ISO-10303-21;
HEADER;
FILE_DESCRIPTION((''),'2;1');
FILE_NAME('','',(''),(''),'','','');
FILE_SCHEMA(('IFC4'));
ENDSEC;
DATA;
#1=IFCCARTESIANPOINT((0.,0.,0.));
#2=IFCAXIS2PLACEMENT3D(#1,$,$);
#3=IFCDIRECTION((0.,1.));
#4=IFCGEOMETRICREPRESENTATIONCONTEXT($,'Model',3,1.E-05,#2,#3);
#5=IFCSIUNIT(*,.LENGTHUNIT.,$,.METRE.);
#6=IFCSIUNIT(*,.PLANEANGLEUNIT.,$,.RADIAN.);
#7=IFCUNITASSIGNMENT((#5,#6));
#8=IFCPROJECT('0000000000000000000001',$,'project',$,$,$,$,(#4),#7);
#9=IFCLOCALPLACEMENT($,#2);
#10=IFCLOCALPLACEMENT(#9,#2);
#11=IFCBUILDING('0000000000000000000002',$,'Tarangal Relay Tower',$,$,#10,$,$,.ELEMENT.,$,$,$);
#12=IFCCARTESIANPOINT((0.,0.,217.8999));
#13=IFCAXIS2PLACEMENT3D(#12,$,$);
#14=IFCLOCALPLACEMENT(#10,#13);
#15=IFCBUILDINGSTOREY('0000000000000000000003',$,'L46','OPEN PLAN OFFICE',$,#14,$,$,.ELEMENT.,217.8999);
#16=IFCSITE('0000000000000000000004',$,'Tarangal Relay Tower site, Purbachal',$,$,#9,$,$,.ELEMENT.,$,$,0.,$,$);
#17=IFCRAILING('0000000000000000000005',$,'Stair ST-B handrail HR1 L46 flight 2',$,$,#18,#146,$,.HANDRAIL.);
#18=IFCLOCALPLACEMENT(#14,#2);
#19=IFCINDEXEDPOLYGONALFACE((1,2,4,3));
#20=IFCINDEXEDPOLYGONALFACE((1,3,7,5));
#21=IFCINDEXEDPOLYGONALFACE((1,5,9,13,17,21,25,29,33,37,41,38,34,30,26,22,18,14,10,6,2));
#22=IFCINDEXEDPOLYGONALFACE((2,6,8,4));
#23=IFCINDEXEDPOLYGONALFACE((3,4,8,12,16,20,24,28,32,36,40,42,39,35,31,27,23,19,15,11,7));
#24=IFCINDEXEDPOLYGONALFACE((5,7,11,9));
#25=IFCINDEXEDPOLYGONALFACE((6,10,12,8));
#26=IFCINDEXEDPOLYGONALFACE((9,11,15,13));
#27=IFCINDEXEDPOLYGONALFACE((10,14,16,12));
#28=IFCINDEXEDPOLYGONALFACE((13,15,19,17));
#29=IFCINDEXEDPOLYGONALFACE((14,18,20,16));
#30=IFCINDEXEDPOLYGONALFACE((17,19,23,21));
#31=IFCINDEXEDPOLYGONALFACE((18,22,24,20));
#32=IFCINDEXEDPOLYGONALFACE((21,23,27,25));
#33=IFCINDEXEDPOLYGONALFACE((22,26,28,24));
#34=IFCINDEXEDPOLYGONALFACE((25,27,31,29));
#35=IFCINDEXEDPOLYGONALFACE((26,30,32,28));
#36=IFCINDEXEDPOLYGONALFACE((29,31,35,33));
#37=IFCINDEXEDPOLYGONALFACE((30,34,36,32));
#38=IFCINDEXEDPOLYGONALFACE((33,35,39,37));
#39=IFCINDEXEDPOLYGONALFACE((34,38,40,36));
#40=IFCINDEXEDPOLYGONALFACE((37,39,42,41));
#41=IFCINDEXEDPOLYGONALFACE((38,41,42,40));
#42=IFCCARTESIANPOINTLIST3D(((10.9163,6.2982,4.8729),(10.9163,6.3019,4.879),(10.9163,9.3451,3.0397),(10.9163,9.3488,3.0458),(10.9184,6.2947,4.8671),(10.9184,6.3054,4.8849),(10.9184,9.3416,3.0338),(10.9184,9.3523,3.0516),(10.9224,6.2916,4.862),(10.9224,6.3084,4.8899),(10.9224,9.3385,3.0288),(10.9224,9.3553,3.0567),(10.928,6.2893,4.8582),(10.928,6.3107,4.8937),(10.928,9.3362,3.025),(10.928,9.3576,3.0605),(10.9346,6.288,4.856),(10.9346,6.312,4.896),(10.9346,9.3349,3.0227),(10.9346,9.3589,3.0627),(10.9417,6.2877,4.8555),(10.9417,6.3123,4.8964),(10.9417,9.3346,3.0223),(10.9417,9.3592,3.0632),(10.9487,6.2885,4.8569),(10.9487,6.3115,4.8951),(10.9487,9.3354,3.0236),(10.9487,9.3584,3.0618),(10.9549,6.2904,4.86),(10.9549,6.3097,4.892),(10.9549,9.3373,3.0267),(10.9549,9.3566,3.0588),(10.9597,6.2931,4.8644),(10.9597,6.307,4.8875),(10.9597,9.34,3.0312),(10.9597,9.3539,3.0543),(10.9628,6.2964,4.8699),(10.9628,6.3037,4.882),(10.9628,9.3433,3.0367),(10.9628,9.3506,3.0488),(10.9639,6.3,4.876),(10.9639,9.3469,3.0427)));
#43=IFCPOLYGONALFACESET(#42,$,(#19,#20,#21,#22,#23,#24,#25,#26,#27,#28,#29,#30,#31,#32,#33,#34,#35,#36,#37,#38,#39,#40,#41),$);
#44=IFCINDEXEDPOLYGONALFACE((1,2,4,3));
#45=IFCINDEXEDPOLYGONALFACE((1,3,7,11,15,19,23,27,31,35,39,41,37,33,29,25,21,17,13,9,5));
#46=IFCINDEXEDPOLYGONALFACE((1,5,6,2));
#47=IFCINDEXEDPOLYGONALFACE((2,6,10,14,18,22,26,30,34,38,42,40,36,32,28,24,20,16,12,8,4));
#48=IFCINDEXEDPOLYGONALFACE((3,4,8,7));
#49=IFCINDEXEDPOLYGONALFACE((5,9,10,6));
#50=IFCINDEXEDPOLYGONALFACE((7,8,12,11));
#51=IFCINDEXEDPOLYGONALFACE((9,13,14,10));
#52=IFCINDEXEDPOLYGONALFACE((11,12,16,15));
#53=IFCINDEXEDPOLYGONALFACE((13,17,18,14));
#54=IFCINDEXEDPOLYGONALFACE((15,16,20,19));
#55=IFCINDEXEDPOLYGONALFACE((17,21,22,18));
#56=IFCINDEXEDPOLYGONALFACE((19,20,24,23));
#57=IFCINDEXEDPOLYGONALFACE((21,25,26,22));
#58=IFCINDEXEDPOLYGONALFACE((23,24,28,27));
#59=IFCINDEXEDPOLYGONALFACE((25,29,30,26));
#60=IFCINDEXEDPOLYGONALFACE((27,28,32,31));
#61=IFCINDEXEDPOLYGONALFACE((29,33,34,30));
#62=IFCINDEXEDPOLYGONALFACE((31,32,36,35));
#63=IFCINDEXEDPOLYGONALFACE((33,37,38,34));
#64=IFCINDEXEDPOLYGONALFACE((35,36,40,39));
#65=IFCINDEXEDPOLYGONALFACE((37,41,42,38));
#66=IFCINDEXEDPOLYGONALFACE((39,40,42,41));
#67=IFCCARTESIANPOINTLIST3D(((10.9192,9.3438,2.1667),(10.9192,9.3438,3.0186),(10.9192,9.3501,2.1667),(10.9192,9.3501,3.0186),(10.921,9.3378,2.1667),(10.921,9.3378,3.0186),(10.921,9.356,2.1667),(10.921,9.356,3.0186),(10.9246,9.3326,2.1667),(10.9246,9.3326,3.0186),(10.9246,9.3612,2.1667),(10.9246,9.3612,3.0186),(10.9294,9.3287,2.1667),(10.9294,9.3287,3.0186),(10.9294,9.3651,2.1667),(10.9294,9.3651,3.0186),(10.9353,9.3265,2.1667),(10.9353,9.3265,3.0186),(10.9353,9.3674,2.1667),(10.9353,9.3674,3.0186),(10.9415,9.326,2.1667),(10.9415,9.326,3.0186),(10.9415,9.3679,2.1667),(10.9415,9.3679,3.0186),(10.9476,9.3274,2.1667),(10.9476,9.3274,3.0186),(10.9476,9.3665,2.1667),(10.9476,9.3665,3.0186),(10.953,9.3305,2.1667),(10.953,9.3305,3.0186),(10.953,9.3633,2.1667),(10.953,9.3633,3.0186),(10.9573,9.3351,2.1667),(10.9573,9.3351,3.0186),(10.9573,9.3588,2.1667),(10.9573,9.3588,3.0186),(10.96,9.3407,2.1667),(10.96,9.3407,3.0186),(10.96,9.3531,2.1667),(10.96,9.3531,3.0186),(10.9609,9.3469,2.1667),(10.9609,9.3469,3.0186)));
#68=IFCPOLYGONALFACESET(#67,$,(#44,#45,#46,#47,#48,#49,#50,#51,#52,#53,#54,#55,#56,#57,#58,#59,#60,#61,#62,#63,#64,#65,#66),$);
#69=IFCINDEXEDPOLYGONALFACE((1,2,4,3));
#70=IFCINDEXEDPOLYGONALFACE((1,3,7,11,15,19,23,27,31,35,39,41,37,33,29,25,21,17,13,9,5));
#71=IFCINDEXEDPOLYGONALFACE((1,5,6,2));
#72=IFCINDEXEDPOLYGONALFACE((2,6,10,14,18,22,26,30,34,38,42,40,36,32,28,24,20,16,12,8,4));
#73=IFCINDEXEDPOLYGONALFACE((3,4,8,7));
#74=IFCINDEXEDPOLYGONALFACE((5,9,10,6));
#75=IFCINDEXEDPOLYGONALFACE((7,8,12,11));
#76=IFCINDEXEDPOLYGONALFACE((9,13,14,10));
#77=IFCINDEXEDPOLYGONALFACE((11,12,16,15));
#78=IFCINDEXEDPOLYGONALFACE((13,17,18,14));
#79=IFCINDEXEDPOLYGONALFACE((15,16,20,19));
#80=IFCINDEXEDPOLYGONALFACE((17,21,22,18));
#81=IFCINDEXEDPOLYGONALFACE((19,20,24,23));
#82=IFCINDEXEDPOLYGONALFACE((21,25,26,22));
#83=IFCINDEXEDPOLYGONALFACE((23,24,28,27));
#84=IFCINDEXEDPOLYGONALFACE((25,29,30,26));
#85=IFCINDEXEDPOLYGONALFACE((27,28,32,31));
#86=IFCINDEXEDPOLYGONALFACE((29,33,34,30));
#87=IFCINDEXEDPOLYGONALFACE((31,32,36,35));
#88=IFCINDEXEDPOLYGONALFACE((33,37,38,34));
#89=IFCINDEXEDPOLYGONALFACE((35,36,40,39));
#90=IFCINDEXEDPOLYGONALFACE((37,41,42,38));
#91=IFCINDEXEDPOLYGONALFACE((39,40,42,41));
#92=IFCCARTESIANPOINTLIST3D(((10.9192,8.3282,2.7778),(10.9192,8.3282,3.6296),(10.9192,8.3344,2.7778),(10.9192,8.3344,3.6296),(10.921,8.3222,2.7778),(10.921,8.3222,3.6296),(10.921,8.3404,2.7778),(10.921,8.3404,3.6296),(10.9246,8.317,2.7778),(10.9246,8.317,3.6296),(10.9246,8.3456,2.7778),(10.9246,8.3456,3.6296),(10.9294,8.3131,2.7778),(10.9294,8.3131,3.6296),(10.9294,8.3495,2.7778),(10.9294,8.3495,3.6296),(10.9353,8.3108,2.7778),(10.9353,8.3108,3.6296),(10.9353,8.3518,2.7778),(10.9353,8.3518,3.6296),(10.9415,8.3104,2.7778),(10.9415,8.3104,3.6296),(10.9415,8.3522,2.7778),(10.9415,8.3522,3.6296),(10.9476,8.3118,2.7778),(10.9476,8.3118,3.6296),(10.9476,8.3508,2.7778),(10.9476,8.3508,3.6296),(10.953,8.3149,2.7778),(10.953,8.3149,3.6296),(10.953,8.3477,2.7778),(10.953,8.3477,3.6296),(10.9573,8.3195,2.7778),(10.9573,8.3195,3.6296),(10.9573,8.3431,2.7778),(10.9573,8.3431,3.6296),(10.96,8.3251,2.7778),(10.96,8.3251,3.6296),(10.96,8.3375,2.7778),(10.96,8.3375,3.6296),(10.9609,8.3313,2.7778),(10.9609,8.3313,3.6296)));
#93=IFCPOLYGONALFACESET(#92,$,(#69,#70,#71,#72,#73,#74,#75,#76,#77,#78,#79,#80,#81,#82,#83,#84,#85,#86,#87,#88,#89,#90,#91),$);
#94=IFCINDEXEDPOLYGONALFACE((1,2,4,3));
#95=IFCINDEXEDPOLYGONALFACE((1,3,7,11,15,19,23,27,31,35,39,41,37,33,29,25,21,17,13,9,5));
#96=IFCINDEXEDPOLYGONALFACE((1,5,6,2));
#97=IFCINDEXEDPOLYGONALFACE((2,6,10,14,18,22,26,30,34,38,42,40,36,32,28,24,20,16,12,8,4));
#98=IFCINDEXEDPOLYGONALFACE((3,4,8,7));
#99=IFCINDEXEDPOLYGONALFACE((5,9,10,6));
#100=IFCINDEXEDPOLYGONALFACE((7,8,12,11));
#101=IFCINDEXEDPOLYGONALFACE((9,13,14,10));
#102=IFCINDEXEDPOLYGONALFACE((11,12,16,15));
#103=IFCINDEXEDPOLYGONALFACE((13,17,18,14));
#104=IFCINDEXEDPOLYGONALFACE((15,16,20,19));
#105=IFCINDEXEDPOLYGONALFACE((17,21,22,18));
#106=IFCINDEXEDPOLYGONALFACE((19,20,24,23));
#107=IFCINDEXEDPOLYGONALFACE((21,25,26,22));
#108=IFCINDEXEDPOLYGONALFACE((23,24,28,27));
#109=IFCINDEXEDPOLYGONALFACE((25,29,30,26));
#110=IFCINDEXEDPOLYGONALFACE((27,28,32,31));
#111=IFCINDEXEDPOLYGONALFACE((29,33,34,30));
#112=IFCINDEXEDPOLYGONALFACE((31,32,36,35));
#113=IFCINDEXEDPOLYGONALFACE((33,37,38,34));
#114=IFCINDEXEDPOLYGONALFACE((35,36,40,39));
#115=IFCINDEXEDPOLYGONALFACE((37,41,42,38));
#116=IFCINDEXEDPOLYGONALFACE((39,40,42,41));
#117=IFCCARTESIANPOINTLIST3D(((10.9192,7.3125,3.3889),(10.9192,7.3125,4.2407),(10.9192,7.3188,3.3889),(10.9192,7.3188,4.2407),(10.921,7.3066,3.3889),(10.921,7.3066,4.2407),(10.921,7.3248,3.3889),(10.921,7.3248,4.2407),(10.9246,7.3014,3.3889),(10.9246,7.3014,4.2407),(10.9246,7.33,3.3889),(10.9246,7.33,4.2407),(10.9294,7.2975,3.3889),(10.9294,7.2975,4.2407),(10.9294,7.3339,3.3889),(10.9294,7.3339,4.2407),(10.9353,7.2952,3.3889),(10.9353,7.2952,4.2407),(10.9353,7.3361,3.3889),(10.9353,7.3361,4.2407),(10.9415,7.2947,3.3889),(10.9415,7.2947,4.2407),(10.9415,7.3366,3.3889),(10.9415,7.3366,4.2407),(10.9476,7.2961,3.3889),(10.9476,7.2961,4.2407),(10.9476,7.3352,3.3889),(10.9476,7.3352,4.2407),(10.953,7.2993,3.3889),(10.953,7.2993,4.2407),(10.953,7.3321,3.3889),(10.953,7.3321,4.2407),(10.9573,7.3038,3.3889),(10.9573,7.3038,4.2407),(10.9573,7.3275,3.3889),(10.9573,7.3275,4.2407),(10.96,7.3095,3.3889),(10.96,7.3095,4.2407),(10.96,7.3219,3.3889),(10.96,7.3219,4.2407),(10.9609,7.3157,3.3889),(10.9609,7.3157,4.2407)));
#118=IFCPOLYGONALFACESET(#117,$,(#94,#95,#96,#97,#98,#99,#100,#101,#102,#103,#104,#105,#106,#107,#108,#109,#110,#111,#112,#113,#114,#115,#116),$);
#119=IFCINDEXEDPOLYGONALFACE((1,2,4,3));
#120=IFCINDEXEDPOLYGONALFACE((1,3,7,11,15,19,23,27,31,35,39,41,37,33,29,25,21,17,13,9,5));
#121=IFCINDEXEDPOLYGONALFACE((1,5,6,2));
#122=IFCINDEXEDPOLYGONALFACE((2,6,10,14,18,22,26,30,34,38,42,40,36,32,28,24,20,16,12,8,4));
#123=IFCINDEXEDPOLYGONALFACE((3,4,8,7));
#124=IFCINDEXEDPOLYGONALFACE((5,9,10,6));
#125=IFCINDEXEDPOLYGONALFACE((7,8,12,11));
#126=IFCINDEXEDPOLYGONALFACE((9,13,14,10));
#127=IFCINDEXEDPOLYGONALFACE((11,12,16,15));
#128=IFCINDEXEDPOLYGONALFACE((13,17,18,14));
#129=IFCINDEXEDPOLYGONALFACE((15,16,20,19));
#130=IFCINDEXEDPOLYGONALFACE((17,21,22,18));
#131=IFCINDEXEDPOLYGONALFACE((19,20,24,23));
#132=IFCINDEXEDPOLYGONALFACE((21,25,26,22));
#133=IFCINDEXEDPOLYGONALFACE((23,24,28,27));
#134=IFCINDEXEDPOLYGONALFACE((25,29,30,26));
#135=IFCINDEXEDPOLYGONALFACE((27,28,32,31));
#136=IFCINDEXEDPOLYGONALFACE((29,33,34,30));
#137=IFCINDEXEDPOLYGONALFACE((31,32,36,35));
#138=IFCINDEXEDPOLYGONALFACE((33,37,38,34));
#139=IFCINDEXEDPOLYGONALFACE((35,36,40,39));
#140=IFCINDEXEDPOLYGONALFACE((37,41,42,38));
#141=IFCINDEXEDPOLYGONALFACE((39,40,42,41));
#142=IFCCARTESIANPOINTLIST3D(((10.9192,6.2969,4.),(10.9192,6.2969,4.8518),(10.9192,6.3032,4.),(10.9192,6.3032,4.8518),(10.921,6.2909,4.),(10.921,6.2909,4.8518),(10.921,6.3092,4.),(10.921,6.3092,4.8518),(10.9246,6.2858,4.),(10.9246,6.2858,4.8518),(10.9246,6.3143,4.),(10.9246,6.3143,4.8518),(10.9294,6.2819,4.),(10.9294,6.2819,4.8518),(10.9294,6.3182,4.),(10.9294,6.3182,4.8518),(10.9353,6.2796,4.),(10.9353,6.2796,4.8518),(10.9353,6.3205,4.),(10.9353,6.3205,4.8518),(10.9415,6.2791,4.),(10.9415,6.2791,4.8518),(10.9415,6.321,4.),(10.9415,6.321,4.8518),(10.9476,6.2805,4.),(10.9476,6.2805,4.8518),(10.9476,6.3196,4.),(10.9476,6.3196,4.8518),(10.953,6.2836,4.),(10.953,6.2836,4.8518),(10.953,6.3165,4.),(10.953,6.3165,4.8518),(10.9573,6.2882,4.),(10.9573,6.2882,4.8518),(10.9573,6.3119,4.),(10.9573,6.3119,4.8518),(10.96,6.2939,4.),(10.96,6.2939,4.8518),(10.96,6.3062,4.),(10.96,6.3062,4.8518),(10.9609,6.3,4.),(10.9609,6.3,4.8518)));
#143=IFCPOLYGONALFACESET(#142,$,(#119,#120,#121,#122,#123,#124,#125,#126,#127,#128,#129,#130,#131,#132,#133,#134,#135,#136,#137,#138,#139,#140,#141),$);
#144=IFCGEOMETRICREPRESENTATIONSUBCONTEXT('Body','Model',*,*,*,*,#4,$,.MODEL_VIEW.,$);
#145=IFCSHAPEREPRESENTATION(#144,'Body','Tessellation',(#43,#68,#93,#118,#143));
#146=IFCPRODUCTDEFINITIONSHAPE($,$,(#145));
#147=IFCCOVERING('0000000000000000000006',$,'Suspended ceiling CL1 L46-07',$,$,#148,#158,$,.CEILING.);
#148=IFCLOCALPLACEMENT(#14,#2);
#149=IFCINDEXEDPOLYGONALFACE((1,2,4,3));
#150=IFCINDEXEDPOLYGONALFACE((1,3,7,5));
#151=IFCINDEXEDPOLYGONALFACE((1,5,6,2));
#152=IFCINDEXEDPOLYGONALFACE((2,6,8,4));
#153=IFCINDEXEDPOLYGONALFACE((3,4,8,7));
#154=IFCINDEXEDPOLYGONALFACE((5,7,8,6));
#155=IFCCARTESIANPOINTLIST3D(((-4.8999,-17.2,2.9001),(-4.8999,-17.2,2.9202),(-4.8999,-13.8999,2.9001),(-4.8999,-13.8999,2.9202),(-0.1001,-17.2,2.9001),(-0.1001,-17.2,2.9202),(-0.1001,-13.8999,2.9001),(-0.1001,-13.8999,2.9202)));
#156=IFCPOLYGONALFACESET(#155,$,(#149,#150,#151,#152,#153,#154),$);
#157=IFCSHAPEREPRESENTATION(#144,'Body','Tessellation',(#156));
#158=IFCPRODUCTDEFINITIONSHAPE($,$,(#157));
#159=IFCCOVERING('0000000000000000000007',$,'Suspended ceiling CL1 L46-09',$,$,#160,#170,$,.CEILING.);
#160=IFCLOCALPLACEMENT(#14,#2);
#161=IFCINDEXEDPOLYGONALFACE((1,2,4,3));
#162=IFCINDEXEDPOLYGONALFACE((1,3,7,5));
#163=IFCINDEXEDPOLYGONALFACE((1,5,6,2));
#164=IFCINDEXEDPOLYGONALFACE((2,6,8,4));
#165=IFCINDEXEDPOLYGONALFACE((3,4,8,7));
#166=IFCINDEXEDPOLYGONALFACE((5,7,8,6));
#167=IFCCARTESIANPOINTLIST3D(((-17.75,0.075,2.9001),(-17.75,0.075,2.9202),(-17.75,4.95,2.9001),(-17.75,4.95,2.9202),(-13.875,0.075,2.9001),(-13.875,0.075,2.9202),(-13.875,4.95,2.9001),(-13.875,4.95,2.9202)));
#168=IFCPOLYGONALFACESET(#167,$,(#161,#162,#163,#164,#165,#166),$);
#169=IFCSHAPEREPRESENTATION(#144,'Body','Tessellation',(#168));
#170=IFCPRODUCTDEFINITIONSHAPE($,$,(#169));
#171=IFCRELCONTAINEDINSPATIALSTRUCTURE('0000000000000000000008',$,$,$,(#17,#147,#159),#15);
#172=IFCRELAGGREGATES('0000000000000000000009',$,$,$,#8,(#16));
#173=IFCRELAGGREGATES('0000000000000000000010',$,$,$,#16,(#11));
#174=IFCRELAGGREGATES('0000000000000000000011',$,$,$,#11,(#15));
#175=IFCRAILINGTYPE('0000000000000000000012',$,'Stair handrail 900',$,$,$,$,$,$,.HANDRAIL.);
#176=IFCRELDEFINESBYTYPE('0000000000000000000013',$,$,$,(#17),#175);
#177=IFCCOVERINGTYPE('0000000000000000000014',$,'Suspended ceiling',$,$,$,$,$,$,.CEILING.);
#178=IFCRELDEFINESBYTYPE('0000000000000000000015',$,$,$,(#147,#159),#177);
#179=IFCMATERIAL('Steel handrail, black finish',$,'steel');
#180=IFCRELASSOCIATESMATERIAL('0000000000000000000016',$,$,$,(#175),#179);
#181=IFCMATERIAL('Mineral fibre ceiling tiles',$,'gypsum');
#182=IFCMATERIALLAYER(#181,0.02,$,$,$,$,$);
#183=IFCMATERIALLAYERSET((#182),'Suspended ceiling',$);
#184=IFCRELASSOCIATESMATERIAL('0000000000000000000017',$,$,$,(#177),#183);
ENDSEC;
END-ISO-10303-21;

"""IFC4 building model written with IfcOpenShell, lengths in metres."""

from ifc_helpers import new_model, si_unit, direction, frame, origin, origin_2d, place, context, subcontext, project, spatial, polyline, circle, outline, extrude, material, layer, layer_set, type_object, element, save


model = new_model("IFC4")

# Units and contexts
model_context = context("Model", 3, precision=1e-05, world=origin(), true_north=direction((0.0, 1.0)))
body_context = subcontext(model_context, "Body", "Model", "MODEL_VIEW")
ifc_project = project(units=[si_unit("LENGTHUNIT", "METRE"), si_unit("PLANEANGLEUNIT", "RADIAN")], contexts=[model_context])

# Site, building, storey
site_placement = place(None, origin())
site = spatial("IfcSite", under=ifc_project, at=site_placement, Name="Tarangal Relay Tower site, Purbachal", CompositionType="ELEMENT", RefElevation=0.0)
building_placement = place(site_placement, origin())
building = spatial("IfcBuilding", under=site, at=building_placement, Name="Tarangal Relay Tower", CompositionType="ELEMENT")
storey_placement = place(building_placement, frame((0.0, 0.0, 217.8999)))
storey = spatial("IfcBuildingStorey", under=building, at=storey_placement, Name="L46", Description="OPEN PLAN OFFICE", CompositionType="ELEMENT", Elevation=217.8999)

# Railing
ifc_material_1 = material(Name="Steel handrail, black finish", Category="steel")
railing_type_1 = type_object("IfcRailingType", Name="Stair handrail 900", PredefinedType="HANDRAIL", material=ifc_material_1)
railing_1_placement = place(storey_placement, frame((10.9399, 9.3469, 2.1667)))
element("IfcRailing", 1, at=railing_1_placement, inside=storey, type_object=railing_type_1, Name="Stair ST-B handrail HR1 L46 flight 2", PredefinedType="HANDRAIL", context=body_context, shape_type="SweptSolid", body=[
    extrude(circle(Radius=0.0239, at=origin_2d()), frame((0.0, 0.0, 0.876), z_axis=(0.0, -0.856856, 0.515556), x_axis=(1.0, 0.0, 0.0)), (0.0, 0.0, 1.0), 3.5559),
    extrude(circle(Radius=0.021, at=origin_2d()), origin(), (0.0, 0.0, 1.0), 0.8518),
    extrude(circle(Radius=0.021, at=origin_2d()), frame((0.0, -1.0156, 0.6111)), (0.0, 0.0, 1.0), 0.8518),
    extrude(circle(Radius=0.021, at=origin_2d()), frame((0.0, -2.0312, 1.2222)), (0.0, 0.0, 1.0), 0.8518),
    extrude(circle(Radius=0.021, at=origin_2d()), frame((0.0, -3.0469, 1.8333)), (0.0, 0.0, 1.0), 0.8518),
])

# Coverings
ifc_material_2 = material(Name="Mineral fibre ceiling tiles", Category="gypsum")
ifc_layer_1 = layer(ifc_material_2, 0.02)
ifc_layer_set_1 = layer_set([ifc_layer_1], Name="Suspended ceiling")
covering_type = type_object("IfcCoveringType", Name="Suspended ceiling", PredefinedType="CEILING", material=ifc_layer_set_1)
covering_1_placement = place(storey_placement, frame((0.0, 0.0, 2.9001)))
element("IfcCovering", 2, at=covering_1_placement, inside=storey, type_object=covering_type, Name="Suspended ceiling CL1 L46-07", PredefinedType="CEILING", context=body_context, shape_type="SweptSolid", body=[
    extrude(outline(polyline([(-4.8999, -13.8999), (-4.8999, -17.2), (-0.1001, -17.2), (-0.1001, -13.8999), (-4.8999, -13.8999)])), origin(), (0.0, 0.0, 1.0), 0.02),
])
covering_2_placement = place(storey_placement, frame((0.0, 0.0, 2.9001)))
element("IfcCovering", 3, at=covering_2_placement, inside=storey, type_object=covering_type, Name="Suspended ceiling CL1 L46-09", PredefinedType="CEILING", context=body_context, shape_type="SweptSolid", body=[
    extrude(outline(polyline([(-13.875, 4.95), (-17.75, 4.95), (-17.75, 0.075), (-13.875, 0.075), (-13.875, 4.95)])), origin(), (0.0, 0.0, 1.0), 0.02),
])

save(model, "model.ifc")
